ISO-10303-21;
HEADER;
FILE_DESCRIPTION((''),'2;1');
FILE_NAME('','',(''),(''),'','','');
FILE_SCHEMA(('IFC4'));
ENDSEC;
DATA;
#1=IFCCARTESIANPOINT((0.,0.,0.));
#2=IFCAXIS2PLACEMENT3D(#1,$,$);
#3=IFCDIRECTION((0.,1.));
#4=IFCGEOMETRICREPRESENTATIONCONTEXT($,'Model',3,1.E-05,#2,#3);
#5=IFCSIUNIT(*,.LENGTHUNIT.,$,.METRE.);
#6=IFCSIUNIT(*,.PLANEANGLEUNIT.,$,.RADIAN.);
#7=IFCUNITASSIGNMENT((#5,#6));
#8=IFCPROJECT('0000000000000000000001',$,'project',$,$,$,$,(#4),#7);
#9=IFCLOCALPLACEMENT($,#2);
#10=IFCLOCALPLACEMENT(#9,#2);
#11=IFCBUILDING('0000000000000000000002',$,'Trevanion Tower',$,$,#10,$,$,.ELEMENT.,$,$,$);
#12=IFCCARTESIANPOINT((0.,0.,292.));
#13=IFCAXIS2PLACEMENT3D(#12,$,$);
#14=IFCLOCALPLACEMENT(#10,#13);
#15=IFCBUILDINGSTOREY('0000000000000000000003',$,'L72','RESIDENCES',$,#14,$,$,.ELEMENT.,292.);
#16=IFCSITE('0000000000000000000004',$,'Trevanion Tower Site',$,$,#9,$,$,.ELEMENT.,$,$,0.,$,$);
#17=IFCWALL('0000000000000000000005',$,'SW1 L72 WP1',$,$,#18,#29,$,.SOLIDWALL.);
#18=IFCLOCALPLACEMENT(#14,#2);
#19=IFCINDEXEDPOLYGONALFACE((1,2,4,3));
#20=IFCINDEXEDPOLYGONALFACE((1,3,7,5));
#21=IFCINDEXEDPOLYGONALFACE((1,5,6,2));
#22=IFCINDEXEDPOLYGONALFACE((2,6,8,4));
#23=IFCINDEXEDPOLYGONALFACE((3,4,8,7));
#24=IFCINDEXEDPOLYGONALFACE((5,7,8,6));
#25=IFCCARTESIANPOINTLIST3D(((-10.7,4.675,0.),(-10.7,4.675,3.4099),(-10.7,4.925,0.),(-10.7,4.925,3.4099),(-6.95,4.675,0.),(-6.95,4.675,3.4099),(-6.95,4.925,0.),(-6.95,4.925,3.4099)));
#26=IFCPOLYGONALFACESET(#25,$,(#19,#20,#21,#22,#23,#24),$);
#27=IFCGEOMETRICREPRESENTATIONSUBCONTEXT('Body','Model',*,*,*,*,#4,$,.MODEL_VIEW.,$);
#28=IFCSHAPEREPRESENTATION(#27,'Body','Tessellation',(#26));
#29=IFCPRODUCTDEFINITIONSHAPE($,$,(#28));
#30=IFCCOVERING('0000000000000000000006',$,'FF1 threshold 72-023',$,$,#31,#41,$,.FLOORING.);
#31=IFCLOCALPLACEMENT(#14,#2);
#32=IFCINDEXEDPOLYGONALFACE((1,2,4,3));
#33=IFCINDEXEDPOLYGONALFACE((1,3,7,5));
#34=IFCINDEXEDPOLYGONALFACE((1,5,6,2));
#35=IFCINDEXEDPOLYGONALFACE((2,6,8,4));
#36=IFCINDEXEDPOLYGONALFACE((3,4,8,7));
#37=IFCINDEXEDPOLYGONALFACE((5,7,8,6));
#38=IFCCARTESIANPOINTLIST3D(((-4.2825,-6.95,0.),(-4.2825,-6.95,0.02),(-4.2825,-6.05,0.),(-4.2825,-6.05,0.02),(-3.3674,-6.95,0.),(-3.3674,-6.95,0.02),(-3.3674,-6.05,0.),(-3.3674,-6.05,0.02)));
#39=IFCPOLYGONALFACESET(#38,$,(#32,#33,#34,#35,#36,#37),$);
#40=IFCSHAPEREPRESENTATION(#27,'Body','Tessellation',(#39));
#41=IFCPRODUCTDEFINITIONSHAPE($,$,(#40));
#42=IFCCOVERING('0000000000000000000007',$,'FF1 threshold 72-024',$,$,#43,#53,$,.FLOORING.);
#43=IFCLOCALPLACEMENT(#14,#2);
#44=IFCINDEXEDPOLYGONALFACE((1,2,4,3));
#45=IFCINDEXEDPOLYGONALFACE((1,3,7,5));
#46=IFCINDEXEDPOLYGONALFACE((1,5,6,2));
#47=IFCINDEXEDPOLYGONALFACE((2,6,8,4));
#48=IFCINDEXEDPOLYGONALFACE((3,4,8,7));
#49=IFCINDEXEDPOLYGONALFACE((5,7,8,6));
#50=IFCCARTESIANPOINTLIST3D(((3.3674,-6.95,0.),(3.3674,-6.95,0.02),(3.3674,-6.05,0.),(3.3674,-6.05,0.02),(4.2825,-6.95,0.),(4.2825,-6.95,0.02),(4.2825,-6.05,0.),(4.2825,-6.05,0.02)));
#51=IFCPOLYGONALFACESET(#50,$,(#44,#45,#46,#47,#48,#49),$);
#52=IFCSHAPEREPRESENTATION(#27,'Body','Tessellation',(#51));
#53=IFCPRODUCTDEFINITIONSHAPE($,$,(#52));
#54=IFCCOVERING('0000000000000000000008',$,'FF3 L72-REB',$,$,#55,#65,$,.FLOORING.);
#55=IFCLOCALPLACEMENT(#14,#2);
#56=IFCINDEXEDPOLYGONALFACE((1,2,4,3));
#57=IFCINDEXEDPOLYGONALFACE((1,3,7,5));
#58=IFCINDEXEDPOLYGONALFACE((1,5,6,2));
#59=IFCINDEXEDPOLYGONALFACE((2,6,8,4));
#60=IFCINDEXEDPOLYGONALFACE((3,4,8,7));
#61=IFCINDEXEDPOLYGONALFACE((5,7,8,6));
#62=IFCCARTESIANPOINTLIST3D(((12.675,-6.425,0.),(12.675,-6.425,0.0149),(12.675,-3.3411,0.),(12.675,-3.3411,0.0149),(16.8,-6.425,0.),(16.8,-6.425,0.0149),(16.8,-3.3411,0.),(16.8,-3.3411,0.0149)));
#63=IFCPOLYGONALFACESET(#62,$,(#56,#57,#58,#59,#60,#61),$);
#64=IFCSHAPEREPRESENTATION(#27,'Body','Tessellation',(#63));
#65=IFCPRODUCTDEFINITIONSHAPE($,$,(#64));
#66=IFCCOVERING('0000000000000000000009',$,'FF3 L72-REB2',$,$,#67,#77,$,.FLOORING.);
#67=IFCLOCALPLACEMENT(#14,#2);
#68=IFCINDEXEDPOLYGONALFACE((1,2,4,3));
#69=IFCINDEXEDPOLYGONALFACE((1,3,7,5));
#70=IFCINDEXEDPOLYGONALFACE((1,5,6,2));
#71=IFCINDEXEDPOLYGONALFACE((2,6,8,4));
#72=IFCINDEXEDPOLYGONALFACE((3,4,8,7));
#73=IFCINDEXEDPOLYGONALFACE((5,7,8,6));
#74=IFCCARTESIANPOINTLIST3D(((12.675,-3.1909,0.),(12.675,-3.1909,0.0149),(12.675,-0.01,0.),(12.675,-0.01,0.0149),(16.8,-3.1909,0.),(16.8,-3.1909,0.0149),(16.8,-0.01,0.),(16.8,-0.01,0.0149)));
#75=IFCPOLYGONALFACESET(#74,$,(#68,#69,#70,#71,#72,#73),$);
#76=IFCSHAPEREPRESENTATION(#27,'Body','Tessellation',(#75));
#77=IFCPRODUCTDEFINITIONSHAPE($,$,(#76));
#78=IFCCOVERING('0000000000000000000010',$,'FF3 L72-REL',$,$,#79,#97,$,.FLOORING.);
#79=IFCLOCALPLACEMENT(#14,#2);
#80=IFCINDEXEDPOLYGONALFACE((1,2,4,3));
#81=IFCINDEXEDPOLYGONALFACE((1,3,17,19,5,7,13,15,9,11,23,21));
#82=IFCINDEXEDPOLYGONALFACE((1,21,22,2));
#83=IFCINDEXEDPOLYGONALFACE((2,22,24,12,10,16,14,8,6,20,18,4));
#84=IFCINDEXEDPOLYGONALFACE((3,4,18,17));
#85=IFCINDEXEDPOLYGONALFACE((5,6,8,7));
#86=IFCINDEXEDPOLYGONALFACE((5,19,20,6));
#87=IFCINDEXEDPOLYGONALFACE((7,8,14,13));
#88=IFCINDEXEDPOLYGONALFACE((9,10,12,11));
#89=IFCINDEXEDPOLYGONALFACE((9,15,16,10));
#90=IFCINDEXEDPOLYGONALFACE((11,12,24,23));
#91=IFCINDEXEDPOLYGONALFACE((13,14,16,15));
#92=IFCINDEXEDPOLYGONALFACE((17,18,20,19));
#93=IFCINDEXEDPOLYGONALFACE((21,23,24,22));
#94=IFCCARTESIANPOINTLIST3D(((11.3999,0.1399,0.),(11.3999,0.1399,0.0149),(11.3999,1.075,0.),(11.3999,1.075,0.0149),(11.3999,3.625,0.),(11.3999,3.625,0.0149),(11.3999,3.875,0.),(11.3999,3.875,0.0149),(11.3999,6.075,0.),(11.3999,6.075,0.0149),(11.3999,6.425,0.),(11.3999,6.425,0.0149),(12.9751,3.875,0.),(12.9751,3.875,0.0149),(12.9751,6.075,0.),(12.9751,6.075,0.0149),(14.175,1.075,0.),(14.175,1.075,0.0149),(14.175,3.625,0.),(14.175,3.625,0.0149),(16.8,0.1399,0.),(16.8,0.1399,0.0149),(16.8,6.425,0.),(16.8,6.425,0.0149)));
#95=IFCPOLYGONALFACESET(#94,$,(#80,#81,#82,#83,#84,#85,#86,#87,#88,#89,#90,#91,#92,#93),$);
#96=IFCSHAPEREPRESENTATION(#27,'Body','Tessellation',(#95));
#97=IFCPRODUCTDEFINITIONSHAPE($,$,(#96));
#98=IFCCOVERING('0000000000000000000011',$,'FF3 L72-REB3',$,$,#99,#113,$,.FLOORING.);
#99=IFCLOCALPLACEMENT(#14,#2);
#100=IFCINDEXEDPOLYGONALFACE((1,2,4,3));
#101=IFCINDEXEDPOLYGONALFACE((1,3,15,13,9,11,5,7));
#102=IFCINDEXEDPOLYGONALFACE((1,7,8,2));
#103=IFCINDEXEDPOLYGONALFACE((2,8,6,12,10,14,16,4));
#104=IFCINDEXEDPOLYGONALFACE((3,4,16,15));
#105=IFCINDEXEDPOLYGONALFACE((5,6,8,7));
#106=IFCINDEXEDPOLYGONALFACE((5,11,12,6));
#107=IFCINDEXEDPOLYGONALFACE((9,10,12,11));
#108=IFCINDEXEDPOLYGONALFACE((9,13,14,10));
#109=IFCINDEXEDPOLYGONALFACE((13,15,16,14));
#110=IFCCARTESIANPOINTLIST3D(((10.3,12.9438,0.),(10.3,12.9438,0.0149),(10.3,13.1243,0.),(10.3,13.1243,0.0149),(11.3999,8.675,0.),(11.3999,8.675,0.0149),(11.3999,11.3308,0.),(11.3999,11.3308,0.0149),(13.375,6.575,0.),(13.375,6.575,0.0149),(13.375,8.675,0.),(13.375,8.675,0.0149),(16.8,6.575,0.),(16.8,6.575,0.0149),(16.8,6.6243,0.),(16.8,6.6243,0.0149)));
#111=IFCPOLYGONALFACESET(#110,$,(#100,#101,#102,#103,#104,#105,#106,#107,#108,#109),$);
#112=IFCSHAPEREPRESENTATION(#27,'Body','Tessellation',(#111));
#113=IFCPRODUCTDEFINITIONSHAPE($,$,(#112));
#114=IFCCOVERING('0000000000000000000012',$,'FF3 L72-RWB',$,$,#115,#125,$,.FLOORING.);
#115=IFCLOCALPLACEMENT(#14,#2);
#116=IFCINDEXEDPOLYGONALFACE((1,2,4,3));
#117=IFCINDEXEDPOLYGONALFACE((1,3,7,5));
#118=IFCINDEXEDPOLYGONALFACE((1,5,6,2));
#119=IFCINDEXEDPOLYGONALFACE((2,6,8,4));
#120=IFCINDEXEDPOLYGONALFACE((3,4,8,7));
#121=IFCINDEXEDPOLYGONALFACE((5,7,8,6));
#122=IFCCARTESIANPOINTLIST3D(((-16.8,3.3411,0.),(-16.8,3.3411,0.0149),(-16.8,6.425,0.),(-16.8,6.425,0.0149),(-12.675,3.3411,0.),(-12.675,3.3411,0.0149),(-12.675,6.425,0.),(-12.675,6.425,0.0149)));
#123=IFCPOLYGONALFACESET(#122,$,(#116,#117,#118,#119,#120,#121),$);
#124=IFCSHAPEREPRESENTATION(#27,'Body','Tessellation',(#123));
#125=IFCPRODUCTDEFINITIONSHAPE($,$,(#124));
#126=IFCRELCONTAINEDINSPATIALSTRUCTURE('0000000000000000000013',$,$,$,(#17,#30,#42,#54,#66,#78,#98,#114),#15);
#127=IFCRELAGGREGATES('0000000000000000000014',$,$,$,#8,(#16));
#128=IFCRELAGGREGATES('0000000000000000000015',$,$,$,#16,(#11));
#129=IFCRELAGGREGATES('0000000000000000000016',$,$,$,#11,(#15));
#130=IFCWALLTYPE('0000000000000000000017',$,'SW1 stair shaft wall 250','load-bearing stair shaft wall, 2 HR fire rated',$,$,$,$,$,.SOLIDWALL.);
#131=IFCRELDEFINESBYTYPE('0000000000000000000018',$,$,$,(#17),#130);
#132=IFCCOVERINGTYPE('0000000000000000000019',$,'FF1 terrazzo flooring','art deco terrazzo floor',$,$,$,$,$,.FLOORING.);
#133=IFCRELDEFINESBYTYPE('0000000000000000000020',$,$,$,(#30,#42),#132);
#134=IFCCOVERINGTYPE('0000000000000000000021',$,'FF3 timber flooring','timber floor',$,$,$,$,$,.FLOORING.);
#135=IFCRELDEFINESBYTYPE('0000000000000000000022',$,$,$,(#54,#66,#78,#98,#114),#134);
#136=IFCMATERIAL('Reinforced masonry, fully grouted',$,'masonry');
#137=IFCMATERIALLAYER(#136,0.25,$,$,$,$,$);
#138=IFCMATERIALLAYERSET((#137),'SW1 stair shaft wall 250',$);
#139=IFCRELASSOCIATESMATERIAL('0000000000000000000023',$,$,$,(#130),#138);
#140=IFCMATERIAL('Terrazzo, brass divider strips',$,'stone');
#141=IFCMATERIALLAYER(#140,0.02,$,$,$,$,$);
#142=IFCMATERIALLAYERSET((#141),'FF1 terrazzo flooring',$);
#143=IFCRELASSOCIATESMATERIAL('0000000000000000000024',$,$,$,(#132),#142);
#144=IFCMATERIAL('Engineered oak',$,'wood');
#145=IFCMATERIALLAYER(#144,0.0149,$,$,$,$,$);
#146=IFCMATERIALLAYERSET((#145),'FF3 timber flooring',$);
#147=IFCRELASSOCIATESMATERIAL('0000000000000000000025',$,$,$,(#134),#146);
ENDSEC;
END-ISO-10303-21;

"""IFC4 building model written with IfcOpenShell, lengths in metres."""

from ifc_helpers import new_model, si_unit, direction, frame, frame_2d, origin, place, context, subcontext, project, spatial, polyline, rectangle, outline, extrude, material, layer, layer_set, type_object, element, save


model = new_model("IFC4")

# Units and contexts
model_context = context("Model", 3, precision=1e-05, world=origin(), true_north=direction((0.0, 1.0)))
body_context = subcontext(model_context, "Body", "Model", "MODEL_VIEW")
ifc_project = project(units=[si_unit("LENGTHUNIT", "METRE"), si_unit("PLANEANGLEUNIT", "RADIAN")], contexts=[model_context])

# Site, building, storey
site_placement = place(None, origin())
site = spatial("IfcSite", under=ifc_project, at=site_placement, Name="Trevanion Tower Site", CompositionType="ELEMENT", RefElevation=0.0)
building_placement = place(site_placement, origin())
building = spatial("IfcBuilding", under=site, at=building_placement, Name="Trevanion Tower", CompositionType="ELEMENT")
storey_placement = place(building_placement, frame((0.0, 0.0, 292.0)))
storey = spatial("IfcBuildingStorey", under=building, at=storey_placement, Name="L72", Description="RESIDENCES", CompositionType="ELEMENT", Elevation=292.0)

# Wall
ifc_material_1 = material(Name="Reinforced masonry, fully grouted", Category="masonry")
ifc_layer_1 = layer(ifc_material_1, 0.25)
ifc_layer_set_1 = layer_set([ifc_layer_1], Name="SW1 stair shaft wall 250")
wall_type_1 = type_object("IfcWallType", Name="SW1 stair shaft wall 250", Description="load-bearing stair shaft wall, 2 HR fire rated", PredefinedType="SOLIDWALL", material=ifc_layer_set_1)
wall_1_placement = place(storey_placement, frame((-6.95, 4.8, 0.0), z_axis=(0.0, 0.0, 1.0), x_axis=(-1.0, 0.0, 0.0)))
element("IfcWall", 1, at=wall_1_placement, inside=storey, type_object=wall_type_1, Name="SW1 L72 WP1", PredefinedType="SOLIDWALL", context=body_context, shape_type="SweptSolid", body=[
    extrude(rectangle(XDim=3.75, YDim=0.25, at=frame_2d((1.875, 0.0))), origin(), (0.0, 0.0, 1.0), 3.4099),
])

# Coverings
ifc_material_2 = material(Name="Terrazzo, brass divider strips", Category="stone")
ifc_layer_2 = layer(ifc_material_2, 0.02)
ifc_layer_set_2 = layer_set([ifc_layer_2], Name="FF1 terrazzo flooring")
covering_type_1 = type_object("IfcCoveringType", Name="FF1 terrazzo flooring", Description="art deco terrazzo floor", PredefinedType="FLOORING", material=ifc_layer_set_2)
covering_1_placement = place(storey_placement, origin())
element("IfcCovering", 2, at=covering_1_placement, inside=storey, type_object=covering_type_1, Name="FF1 threshold 72-023", PredefinedType="FLOORING", context=body_context, shape_type="SweptSolid", body=[
    extrude(outline(polyline([(-4.2825, -6.95), (-3.3674, -6.95), (-3.3674, -6.05), (-4.2825, -6.05), (-4.2825, -6.95)])), origin(), (0.0, 0.0, 1.0), 0.02),
])
covering_2_placement = place(storey_placement, origin())
element("IfcCovering", 3, at=covering_2_placement, inside=storey, type_object=covering_type_1, Name="FF1 threshold 72-024", PredefinedType="FLOORING", context=body_context, shape_type="SweptSolid", body=[
    extrude(outline(polyline([(3.3674, -6.95), (4.2825, -6.95), (4.2825, -6.05), (3.3674, -6.05), (3.3674, -6.95)])), origin(), (0.0, 0.0, 1.0), 0.02),
])
ifc_material_3 = material(Name="Engineered oak", Category="wood")
ifc_layer_3 = layer(ifc_material_3, 0.0149)
ifc_layer_set_3 = layer_set([ifc_layer_3], Name="FF3 timber flooring")
covering_type_2 = type_object("IfcCoveringType", Name="FF3 timber flooring", Description="timber floor", PredefinedType="FLOORING", material=ifc_layer_set_3)
covering_3_placement = place(storey_placement, origin())
element("IfcCovering", 4, at=covering_3_placement, inside=storey, type_object=covering_type_2, Name="FF3 L72-REB", PredefinedType="FLOORING", context=body_context, shape_type="SweptSolid", body=[
    extrude(outline(polyline([(12.675, -6.425), (12.675, -3.3411), (16.8, -3.3411), (16.8, -6.425), (12.675, -6.425)])), origin(), (0.0, 0.0, 1.0), 0.0149),
])
covering_4_placement = place(storey_placement, origin())
element("IfcCovering", 5, at=covering_4_placement, inside=storey, type_object=covering_type_2, Name="FF3 L72-REB2", PredefinedType="FLOORING", context=body_context, shape_type="SweptSolid", body=[
    extrude(outline(polyline([(12.675, -3.1909), (12.675, -0.01), (16.8, -0.01), (16.8, -3.1909), (12.675, -3.1909)])), origin(), (0.0, 0.0, 1.0), 0.0149),
])
covering_5_placement = place(storey_placement, origin())
element("IfcCovering", 6, at=covering_5_placement, inside=storey, type_object=covering_type_2, Name="FF3 L72-REL", PredefinedType="FLOORING", context=body_context, shape_type="SweptSolid", body=[
    extrude(outline(polyline([(11.3999, 0.1399), (11.3999, 1.075), (14.175, 1.075), (14.175, 3.625), (11.3999, 3.625), (11.3999, 3.875), (12.9751, 3.875), (12.9751, 6.075), (11.3999, 6.075), (11.3999, 6.425), (16.8, 6.425), (16.8, 0.1399), (11.3999, 0.1399)])), origin(), (0.0, 0.0, 1.0), 0.0149),
])
covering_6_placement = place(storey_placement, origin())
element("IfcCovering", 7, at=covering_6_placement, inside=storey, type_object=covering_type_2, Name="FF3 L72-REB3", PredefinedType="FLOORING", context=body_context, shape_type="SweptSolid", body=[
    extrude(outline(polyline([(13.375, 6.575), (13.375, 8.675), (11.3999, 8.675), (11.3999, 11.3308), (10.3, 12.9438), (10.3, 13.1243), (16.8, 6.6243), (16.8, 6.575), (13.375, 6.575)])), origin(), (0.0, 0.0, 1.0), 0.0149),
])
covering_7_placement = place(storey_placement, origin())
element("IfcCovering", 8, at=covering_7_placement, inside=storey, type_object=covering_type_2, Name="FF3 L72-RWB", PredefinedType="FLOORING", context=body_context, shape_type="SweptSolid", body=[
    extrude(outline(polyline([(-12.675, 6.425), (-12.675, 3.3411), (-16.8, 3.3411), (-16.8, 6.425), (-12.675, 6.425)])), origin(), (0.0, 0.0, 1.0), 0.0149),
])

save(model, "model.ifc")
